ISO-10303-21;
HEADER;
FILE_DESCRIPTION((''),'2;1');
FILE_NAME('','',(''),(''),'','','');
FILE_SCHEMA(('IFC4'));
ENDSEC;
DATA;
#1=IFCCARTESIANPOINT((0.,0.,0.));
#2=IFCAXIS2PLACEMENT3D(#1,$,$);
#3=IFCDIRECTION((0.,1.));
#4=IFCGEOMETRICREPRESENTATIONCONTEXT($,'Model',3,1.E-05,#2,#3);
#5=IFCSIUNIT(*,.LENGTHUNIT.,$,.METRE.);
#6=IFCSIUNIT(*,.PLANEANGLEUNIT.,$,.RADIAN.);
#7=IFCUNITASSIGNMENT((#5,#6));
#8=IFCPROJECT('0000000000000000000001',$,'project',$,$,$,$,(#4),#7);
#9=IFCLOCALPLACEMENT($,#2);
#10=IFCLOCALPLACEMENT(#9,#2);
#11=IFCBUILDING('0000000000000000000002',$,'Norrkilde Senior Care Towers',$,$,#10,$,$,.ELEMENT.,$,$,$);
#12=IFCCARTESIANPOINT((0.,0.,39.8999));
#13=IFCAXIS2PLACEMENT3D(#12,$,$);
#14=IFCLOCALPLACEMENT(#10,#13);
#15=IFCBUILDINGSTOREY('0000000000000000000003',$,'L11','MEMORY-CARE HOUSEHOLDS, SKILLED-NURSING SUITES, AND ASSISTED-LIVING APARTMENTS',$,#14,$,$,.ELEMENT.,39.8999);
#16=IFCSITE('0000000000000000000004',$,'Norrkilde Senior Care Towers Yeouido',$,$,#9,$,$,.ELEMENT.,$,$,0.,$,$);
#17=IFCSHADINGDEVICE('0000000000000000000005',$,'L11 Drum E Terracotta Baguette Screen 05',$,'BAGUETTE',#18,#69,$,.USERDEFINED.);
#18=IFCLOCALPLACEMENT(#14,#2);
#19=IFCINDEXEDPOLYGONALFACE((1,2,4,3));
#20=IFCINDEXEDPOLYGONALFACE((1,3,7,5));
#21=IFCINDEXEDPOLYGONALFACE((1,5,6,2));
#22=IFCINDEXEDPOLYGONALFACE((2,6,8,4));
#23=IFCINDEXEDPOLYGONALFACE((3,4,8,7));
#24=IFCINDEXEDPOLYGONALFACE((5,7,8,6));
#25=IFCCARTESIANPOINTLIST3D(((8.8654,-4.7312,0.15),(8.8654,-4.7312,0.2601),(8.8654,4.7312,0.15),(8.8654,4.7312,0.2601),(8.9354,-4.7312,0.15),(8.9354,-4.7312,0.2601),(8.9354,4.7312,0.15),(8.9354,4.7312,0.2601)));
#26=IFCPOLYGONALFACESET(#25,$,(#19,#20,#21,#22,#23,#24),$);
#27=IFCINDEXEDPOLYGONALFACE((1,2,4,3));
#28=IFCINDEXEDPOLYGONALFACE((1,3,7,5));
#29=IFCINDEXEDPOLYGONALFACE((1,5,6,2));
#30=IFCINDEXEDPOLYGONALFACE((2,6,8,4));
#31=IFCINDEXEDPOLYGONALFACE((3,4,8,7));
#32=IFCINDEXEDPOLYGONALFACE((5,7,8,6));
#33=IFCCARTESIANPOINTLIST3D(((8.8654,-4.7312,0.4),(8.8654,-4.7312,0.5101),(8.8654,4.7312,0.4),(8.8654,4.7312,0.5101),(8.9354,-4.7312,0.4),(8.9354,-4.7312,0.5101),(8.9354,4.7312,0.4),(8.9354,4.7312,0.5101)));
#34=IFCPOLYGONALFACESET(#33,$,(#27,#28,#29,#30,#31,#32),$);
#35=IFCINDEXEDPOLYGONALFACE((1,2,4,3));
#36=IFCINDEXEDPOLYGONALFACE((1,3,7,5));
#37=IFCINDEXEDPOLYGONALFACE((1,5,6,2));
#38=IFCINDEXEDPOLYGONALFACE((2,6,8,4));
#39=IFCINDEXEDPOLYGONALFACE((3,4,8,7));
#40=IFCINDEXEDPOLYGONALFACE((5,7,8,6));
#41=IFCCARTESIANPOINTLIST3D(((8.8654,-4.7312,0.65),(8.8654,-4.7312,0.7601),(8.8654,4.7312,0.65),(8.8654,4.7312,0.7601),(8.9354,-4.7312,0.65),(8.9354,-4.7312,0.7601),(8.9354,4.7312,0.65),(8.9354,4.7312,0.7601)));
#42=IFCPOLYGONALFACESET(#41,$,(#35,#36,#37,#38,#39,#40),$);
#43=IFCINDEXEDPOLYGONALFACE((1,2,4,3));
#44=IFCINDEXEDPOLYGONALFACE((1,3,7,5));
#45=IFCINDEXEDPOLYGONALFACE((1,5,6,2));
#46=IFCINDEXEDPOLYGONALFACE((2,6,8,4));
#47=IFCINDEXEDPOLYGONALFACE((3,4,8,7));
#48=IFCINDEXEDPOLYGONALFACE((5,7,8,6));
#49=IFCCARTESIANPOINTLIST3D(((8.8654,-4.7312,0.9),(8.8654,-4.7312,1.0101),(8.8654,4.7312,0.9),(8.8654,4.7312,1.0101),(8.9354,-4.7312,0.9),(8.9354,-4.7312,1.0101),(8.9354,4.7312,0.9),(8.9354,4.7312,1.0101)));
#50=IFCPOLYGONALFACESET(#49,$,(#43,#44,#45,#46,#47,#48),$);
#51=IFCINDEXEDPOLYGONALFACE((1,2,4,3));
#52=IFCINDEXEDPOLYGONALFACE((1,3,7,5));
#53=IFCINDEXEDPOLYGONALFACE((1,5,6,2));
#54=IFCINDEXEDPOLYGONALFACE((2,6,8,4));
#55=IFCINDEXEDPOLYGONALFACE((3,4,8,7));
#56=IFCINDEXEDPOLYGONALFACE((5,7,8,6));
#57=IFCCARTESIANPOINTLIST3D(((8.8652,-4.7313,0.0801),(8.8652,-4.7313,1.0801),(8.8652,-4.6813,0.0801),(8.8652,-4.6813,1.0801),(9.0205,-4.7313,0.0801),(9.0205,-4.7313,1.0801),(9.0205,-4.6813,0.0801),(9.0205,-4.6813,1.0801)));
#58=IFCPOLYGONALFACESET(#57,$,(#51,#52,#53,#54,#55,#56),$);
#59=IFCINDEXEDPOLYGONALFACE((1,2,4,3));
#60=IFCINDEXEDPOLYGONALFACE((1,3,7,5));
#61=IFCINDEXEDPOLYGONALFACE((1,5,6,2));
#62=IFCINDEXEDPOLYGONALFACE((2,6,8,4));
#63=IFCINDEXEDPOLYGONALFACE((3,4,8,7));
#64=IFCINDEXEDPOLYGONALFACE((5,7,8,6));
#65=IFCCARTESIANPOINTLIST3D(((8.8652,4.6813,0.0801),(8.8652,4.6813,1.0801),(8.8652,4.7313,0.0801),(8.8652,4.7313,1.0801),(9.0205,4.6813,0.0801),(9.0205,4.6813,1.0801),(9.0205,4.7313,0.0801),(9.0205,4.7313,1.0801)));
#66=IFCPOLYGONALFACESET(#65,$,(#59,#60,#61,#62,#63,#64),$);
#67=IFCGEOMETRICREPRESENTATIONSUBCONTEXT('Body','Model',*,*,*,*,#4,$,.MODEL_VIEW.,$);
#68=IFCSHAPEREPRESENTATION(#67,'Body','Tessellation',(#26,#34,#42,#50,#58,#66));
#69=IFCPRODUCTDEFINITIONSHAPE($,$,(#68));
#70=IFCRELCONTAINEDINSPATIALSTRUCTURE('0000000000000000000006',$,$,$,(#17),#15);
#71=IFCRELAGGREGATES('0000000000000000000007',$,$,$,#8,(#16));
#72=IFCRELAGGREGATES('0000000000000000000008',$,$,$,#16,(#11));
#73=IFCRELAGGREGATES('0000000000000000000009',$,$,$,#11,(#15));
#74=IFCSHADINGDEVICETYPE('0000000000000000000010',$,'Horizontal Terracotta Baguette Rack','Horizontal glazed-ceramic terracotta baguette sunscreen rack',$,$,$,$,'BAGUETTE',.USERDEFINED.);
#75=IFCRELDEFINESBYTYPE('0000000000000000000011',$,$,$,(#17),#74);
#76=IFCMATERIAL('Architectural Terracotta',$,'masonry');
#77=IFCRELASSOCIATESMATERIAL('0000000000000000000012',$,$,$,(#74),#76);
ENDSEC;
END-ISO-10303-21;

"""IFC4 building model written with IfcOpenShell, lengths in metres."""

from ifc_helpers import new_model, si_unit, direction, frame, origin, origin_2d, place, context, subcontext, project, spatial, rectangle, extrude, source, transform, mapped, material, type_object, type_shapes, element, save


model = new_model("IFC4")

# Units and contexts
model_context = context("Model", 3, precision=1e-05, world=origin(), true_north=direction((0.0, 1.0)))
body_context = subcontext(model_context, "Body", "Model", "MODEL_VIEW")
ifc_project = project(units=[si_unit("LENGTHUNIT", "METRE"), si_unit("PLANEANGLEUNIT", "RADIAN")], contexts=[model_context])

# Site, building, storey
site_placement = place(None, origin())
site = spatial("IfcSite", under=ifc_project, at=site_placement, Name="Norrkilde Senior Care Towers Yeouido", CompositionType="ELEMENT", RefElevation=0.0)
building_placement = place(site_placement, origin())
building = spatial("IfcBuilding", under=site, at=building_placement, Name="Norrkilde Senior Care Towers", CompositionType="ELEMENT")
storey_placement = place(building_placement, frame((0.0, 0.0, 39.8999)))
storey = spatial("IfcBuildingStorey", under=building, at=storey_placement, Name="L11", Description="MEMORY-CARE HOUSEHOLDS, SKILLED-NURSING SUITES, AND ASSISTED-LIVING APARTMENTS", CompositionType="ELEMENT", Elevation=39.8999)

# Shading device
ifc_material_1 = material(Name="Architectural Terracotta", Category="masonry")
shading_device_type = type_object("IfcShadingDeviceType", Name="Horizontal Terracotta Baguette Rack", Description="Horizontal glazed-ceramic terracotta baguette sunscreen rack", ElementType="BAGUETTE", PredefinedType="USERDEFINED", material=ifc_material_1)
shared_shape_1 = source(origin(), body_context, "Body", "SweptSolid", [
    extrude(rectangle(XDim=0.0701, YDim=0.1101, at=origin_2d()), frame((0.0, 0.0901, 0.125), z_axis=(1.0, 0.0, 0.0), x_axis=(0.0, 1.0, 0.0)), (0.0, 0.0, 1.0), 9.4624),
    extrude(rectangle(XDim=0.0701, YDim=0.1101, at=origin_2d()), frame((0.0, 0.0901, 0.375), z_axis=(1.0, 0.0, 0.0), x_axis=(0.0, 1.0, 0.0)), (0.0, 0.0, 1.0), 9.4624),
    extrude(rectangle(XDim=0.0701, YDim=0.1101, at=origin_2d()), frame((0.0, 0.0901, 0.625), z_axis=(1.0, 0.0, 0.0), x_axis=(0.0, 1.0, 0.0)), (0.0, 0.0, 1.0), 9.4624),
    extrude(rectangle(XDim=0.0701, YDim=0.1101, at=origin_2d()), frame((0.0, 0.0901, 0.875), z_axis=(1.0, 0.0, 0.0), x_axis=(0.0, 1.0, 0.0)), (0.0, 0.0, 1.0), 9.4624),
    extrude(rectangle(XDim=0.05, YDim=0.1553, at=origin_2d()), frame((0.0249, 0.0476, 0.0)), (0.0, 0.0, 1.0), 1.0),
    extrude(rectangle(XDim=0.05, YDim=0.1553, at=origin_2d()), frame((9.4375, 0.0476, 0.0)), (0.0, 0.0, 1.0), 1.0),
])
type_shapes(shading_device_type, [shared_shape_1])
shading_device_placement = place(storey_placement, frame((8.9905, -4.7312, 0.0801), z_axis=(0.0, 0.0, 1.0), x_axis=(0.0, 1.0, 0.0)))
element("IfcShadingDevice", 1, at=shading_device_placement, inside=storey, type_object=shading_device_type, Name="L11 Drum E Terracotta Baguette Screen 05", ObjectType="BAGUETTE", PredefinedType="USERDEFINED", context=body_context, shape_type="MappedRepresentation", body=[
    mapped(shared_shape_1, transform((0.0, 0.0, 0.0), x_axis=(1.0, 0.0, 0.0), y_axis=(0.0, 1.0, 0.0), z_axis=(0.0, 0.0, 1.0), scale=1.0)),
])

save(model, "model.ifc")
